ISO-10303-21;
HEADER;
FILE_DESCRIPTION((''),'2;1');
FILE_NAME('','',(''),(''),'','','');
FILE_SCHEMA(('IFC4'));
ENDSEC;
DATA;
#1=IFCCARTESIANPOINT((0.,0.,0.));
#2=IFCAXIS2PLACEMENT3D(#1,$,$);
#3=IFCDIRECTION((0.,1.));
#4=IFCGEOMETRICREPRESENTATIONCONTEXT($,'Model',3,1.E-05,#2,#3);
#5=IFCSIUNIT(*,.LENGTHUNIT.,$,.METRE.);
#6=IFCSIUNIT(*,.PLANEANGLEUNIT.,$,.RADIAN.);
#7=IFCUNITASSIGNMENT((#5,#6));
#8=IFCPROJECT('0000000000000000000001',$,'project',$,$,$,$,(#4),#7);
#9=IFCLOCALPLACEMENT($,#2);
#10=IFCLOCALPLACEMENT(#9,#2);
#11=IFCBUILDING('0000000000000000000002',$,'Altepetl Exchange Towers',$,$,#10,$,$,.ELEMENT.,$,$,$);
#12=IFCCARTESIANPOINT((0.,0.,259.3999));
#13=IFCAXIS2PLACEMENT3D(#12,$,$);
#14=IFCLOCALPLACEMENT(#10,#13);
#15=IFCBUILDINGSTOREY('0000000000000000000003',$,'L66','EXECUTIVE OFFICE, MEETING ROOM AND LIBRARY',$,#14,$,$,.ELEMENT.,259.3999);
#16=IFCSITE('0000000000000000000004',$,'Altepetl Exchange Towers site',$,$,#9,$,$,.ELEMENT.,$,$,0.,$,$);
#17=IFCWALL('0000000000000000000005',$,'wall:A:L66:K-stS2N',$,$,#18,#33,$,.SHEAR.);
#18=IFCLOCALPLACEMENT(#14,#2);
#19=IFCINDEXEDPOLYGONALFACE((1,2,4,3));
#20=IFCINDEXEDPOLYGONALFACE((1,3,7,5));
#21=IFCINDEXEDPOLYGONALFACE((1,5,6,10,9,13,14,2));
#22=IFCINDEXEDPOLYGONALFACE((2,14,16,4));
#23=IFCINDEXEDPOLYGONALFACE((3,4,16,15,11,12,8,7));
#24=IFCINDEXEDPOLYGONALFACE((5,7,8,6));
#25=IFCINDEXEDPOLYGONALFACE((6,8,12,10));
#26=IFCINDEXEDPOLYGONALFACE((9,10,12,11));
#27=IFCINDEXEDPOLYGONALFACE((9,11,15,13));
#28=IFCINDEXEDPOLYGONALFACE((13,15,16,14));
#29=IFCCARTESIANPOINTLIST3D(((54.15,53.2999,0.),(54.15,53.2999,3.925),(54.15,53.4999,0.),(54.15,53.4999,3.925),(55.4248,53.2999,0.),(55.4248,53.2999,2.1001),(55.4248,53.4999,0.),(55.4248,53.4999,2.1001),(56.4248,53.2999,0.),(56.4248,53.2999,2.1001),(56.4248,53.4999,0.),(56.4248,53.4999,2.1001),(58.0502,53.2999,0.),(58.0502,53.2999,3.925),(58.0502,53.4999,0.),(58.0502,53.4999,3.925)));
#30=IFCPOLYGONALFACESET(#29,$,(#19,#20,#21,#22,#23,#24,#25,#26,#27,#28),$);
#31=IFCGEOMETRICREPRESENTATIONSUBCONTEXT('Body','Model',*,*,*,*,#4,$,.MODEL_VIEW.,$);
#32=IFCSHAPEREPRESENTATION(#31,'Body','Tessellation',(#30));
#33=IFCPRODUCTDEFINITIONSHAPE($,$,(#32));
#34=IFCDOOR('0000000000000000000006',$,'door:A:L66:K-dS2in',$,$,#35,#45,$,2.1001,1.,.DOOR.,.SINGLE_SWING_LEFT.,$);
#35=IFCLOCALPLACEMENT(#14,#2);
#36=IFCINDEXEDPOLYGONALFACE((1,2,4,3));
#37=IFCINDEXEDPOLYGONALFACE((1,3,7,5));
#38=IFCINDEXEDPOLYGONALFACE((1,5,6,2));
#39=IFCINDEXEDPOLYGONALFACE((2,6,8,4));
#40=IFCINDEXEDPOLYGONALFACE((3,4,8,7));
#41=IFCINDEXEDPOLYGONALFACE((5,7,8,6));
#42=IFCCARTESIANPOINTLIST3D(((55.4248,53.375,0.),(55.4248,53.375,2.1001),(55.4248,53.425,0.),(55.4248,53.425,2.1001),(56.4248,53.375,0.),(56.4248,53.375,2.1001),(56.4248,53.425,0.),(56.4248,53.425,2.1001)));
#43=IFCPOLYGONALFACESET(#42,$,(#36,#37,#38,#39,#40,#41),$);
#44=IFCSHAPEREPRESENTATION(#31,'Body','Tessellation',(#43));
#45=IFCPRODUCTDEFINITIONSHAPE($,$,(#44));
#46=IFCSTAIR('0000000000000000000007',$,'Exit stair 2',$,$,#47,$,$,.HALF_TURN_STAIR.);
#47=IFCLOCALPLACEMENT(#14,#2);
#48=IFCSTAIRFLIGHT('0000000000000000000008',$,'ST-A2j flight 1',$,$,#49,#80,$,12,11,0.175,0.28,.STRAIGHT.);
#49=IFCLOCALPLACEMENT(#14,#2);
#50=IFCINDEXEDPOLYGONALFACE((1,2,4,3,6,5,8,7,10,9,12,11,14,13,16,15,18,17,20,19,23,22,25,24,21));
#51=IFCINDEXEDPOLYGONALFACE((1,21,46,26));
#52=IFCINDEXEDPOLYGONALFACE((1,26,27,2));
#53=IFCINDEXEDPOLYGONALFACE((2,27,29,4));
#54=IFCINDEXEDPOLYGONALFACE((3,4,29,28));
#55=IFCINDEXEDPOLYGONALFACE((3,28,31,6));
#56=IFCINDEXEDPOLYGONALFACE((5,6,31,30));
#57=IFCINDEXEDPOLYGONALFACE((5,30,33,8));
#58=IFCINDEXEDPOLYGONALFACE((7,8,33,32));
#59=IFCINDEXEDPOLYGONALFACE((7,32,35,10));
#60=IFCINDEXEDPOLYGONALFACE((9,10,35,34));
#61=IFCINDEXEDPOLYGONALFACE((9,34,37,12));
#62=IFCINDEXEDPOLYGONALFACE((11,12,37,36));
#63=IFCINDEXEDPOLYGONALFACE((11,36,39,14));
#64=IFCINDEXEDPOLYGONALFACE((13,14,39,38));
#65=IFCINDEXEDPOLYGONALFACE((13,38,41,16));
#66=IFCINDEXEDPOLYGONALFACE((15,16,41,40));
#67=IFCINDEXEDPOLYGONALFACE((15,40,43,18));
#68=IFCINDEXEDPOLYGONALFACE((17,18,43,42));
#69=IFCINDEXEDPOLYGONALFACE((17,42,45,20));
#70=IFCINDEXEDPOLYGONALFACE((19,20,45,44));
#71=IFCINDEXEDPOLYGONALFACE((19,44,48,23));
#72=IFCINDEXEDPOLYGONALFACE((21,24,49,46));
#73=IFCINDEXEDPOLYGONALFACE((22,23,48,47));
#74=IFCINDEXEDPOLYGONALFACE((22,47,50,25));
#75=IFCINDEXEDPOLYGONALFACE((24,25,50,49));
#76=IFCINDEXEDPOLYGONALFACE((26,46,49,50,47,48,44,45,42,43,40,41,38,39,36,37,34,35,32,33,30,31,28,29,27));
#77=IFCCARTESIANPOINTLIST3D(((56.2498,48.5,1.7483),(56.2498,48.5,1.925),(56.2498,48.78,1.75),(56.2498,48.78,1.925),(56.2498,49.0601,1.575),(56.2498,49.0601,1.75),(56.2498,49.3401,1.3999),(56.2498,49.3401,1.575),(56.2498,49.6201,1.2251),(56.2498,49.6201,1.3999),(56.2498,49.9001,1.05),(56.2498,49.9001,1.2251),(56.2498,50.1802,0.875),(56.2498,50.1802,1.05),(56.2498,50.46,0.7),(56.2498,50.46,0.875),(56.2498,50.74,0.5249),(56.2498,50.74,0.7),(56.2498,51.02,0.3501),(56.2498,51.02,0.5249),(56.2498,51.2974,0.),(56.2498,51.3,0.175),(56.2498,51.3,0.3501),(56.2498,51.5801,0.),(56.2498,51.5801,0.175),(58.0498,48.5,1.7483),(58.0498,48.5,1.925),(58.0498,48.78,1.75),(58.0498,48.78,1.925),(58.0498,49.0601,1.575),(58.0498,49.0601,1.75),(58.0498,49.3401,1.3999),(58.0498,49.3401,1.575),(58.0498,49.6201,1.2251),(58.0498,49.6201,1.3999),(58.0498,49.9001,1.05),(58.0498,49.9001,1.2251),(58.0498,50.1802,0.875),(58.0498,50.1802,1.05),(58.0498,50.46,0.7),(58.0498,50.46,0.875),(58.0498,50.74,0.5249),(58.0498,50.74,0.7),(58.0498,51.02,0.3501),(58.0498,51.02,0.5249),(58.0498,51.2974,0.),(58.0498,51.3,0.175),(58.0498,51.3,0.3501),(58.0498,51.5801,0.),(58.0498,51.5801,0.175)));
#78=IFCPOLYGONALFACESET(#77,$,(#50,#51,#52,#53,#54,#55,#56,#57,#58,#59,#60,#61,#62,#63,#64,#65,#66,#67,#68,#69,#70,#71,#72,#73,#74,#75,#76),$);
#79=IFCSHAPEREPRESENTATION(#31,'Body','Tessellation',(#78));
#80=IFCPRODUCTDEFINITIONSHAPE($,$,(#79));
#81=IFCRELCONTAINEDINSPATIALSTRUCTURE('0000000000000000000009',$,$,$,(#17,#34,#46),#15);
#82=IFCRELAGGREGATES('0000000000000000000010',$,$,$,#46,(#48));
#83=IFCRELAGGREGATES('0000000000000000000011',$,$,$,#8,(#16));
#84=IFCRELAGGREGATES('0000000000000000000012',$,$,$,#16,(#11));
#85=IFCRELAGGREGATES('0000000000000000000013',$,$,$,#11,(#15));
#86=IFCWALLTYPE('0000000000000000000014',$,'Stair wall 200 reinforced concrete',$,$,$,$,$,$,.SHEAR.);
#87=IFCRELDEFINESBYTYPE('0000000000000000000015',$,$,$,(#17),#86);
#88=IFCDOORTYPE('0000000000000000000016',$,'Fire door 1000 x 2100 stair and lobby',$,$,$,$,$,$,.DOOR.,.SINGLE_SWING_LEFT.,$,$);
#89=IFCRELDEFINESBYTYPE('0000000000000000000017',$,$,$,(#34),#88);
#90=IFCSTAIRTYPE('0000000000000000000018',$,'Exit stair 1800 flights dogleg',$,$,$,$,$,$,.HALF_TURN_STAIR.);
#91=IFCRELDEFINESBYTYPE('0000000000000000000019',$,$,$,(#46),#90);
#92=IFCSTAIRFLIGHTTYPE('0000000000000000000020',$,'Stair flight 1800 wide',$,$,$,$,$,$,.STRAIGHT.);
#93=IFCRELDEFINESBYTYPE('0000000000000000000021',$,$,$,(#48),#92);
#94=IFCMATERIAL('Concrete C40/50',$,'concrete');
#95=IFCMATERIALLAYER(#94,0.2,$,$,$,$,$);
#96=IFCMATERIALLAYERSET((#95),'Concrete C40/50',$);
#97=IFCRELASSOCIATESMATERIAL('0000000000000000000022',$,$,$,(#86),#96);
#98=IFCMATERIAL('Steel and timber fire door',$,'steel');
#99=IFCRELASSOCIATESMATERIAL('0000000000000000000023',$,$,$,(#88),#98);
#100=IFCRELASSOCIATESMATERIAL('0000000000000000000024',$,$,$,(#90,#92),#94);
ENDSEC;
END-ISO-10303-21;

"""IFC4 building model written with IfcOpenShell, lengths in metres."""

from ifc_helpers import new_model, si_unit, direction, frame, frame_2d, origin, place, context, subcontext, project, spatial, polyline, rectangle, outline, extrude, material, layer, layer_set, type_object, element, fill, aggregate, save


model = new_model("IFC4")

# Units and contexts
model_context = context("Model", 3, precision=1e-05, world=origin(), true_north=direction((0.0, 1.0)))
body_context = subcontext(model_context, "Body", "Model", "MODEL_VIEW")
ifc_project = project(units=[si_unit("LENGTHUNIT", "METRE"), si_unit("PLANEANGLEUNIT", "RADIAN")], contexts=[model_context])

# Site, building, storey
site_placement = place(None, origin())
site = spatial("IfcSite", under=ifc_project, at=site_placement, Name="Altepetl Exchange Towers site", CompositionType="ELEMENT", RefElevation=0.0)
building_placement = place(site_placement, origin())
building = spatial("IfcBuilding", under=site, at=building_placement, Name="Altepetl Exchange Towers", CompositionType="ELEMENT")
storey_placement = place(building_placement, frame((0.0, 0.0, 259.3999)))
storey = spatial("IfcBuildingStorey", under=building, at=storey_placement, Name="L66", Description="EXECUTIVE OFFICE, MEETING ROOM AND LIBRARY", CompositionType="ELEMENT", Elevation=259.3999)

# Shared definitions
ifc_material_1 = material(Name="Steel and timber fire door", Category="steel")

# Shared definitions
ifc_material_2 = material(Name="Concrete C40/50", Category="concrete")

# Wall, opening, door
ifc_layer_1 = layer(ifc_material_2, 0.2)
ifc_layer_set_1 = layer_set([ifc_layer_1], Name="Concrete C40/50")
wall_type_1 = type_object("IfcWallType", Name="Stair wall 200 reinforced concrete", PredefinedType="SHEAR", material=ifc_layer_set_1)
wall_1_placement = place(storey_placement, frame((54.1499, 53.3999, 0.0)))
wall_1 = element("IfcWall", 1, at=wall_1_placement, inside=storey, type_object=wall_type_1, Name="wall:A:L66:K-stS2N", PredefinedType="SHEAR", context=body_context, shape_type="SweptSolid", body=[
    extrude(rectangle(XDim=3.9001, YDim=0.2, at=frame_2d((1.9502, 0.0))), origin(), (0.0, 0.0, 1.0), 3.925),
])
opening_1_placement = place(wall_1_placement, frame((1.2749, 0.0, 0.0)))
opening_1 = element("IfcOpeningElement", 2, at=opening_1_placement, cuts=wall_1, PredefinedType="OPENING", context=body_context, shape_type="SweptSolid", body=[
    extrude(rectangle(XDim=1.0, YDim=2.1001, at=frame_2d((0.5, 1.05))), frame((0.0, 0.1099, 0.0), z_axis=(0.0, -1.0, 0.0), x_axis=(1.0, 0.0, 0.0)), (0.0, 0.0, 1.0), 0.22),
])
door_type_1 = type_object("IfcDoorType", Name="Fire door 1000 x 2100 stair and lobby", OperationType="SINGLE_SWING_LEFT", PredefinedType="DOOR", material=ifc_material_1)
door_1_placement = place(opening_1_placement, frame((1.0, 0.0, 0.0), x_axis=(-1.0, 0.0, 0.0)))
door_1 = element("IfcDoor", 3, at=door_1_placement, inside=storey, type_object=door_type_1, Name="door:A:L66:K-dS2in", OperationType="SINGLE_SWING_LEFT", OverallHeight=2.1001, OverallWidth=1.0, PredefinedType="DOOR", context=body_context, shape_type="SweptSolid", body=[
    extrude(rectangle(XDim=1.0, YDim=2.1001, at=frame_2d((0.5, 1.05))), frame((0.0, 0.0249, 0.0), z_axis=(0.0, -1.0, 0.0), x_axis=(1.0, 0.0, 0.0)), (0.0, 0.0, 1.0), 0.05),
])
fill(opening_1, door_1)

# Stair, stair flight
stair_type = type_object("IfcStairType", Name="Exit stair 1800 flights dogleg", PredefinedType="HALF_TURN_STAIR", material=ifc_material_2)
stair_placement = place(storey_placement, origin())
stair = element("IfcStair", 4, at=stair_placement, inside=storey, type_object=stair_type, Name="Exit stair 2", PredefinedType="HALF_TURN_STAIR")
stair_flight_type = type_object("IfcStairFlightType", Name="Stair flight 1800 wide", PredefinedType="STRAIGHT", material=ifc_material_2)
stair_flight_placement = place(storey_placement, frame((57.1499, 51.5801, 0.0), z_axis=(0.0, 0.0, 1.0), x_axis=(0.0, -1.0, 0.0)))
stair_flight = element("IfcStairFlight", 5, at=stair_flight_placement, type_object=stair_flight_type, Name="ST-A2j flight 1", NumberOfRisers=12, NumberOfTreads=11, PredefinedType="STRAIGHT", RiserHeight=0.175, TreadLength=0.28, context=body_context, shape_type="SweptSolid", body=[
    extrude(outline(polyline([(0.0, 0.0), (0.0, 0.175), (0.28, 0.175), (0.28, 0.3501), (0.5601, 0.3501), (0.5601, 0.5249), (0.8401, 0.5249), (0.8401, 0.7), (1.1201, 0.7), (1.1201, 0.875), (1.3999, 0.875), (1.3999, 1.05), (1.6799, 1.05), (1.6799, 1.2251), (1.96, 1.2251), (1.96, 1.3999), (2.24, 1.3999), (2.24, 1.575), (2.52, 1.575), (2.52, 1.75), (2.8, 1.75), (2.8, 1.925), (3.0801, 1.925), (3.0801, 2.1001), (3.0801, 1.7483), (0.2827, 0.0), (0.0, 0.0)])), frame((0.0, 0.8999, 0.0), z_axis=(0.0, -1.0, 0.0), x_axis=(1.0, 0.0, 0.0)), (0.0, 0.0, 1.0), 1.8),
])
aggregate(stair, [stair_flight])

save(model, "model.ifc")
